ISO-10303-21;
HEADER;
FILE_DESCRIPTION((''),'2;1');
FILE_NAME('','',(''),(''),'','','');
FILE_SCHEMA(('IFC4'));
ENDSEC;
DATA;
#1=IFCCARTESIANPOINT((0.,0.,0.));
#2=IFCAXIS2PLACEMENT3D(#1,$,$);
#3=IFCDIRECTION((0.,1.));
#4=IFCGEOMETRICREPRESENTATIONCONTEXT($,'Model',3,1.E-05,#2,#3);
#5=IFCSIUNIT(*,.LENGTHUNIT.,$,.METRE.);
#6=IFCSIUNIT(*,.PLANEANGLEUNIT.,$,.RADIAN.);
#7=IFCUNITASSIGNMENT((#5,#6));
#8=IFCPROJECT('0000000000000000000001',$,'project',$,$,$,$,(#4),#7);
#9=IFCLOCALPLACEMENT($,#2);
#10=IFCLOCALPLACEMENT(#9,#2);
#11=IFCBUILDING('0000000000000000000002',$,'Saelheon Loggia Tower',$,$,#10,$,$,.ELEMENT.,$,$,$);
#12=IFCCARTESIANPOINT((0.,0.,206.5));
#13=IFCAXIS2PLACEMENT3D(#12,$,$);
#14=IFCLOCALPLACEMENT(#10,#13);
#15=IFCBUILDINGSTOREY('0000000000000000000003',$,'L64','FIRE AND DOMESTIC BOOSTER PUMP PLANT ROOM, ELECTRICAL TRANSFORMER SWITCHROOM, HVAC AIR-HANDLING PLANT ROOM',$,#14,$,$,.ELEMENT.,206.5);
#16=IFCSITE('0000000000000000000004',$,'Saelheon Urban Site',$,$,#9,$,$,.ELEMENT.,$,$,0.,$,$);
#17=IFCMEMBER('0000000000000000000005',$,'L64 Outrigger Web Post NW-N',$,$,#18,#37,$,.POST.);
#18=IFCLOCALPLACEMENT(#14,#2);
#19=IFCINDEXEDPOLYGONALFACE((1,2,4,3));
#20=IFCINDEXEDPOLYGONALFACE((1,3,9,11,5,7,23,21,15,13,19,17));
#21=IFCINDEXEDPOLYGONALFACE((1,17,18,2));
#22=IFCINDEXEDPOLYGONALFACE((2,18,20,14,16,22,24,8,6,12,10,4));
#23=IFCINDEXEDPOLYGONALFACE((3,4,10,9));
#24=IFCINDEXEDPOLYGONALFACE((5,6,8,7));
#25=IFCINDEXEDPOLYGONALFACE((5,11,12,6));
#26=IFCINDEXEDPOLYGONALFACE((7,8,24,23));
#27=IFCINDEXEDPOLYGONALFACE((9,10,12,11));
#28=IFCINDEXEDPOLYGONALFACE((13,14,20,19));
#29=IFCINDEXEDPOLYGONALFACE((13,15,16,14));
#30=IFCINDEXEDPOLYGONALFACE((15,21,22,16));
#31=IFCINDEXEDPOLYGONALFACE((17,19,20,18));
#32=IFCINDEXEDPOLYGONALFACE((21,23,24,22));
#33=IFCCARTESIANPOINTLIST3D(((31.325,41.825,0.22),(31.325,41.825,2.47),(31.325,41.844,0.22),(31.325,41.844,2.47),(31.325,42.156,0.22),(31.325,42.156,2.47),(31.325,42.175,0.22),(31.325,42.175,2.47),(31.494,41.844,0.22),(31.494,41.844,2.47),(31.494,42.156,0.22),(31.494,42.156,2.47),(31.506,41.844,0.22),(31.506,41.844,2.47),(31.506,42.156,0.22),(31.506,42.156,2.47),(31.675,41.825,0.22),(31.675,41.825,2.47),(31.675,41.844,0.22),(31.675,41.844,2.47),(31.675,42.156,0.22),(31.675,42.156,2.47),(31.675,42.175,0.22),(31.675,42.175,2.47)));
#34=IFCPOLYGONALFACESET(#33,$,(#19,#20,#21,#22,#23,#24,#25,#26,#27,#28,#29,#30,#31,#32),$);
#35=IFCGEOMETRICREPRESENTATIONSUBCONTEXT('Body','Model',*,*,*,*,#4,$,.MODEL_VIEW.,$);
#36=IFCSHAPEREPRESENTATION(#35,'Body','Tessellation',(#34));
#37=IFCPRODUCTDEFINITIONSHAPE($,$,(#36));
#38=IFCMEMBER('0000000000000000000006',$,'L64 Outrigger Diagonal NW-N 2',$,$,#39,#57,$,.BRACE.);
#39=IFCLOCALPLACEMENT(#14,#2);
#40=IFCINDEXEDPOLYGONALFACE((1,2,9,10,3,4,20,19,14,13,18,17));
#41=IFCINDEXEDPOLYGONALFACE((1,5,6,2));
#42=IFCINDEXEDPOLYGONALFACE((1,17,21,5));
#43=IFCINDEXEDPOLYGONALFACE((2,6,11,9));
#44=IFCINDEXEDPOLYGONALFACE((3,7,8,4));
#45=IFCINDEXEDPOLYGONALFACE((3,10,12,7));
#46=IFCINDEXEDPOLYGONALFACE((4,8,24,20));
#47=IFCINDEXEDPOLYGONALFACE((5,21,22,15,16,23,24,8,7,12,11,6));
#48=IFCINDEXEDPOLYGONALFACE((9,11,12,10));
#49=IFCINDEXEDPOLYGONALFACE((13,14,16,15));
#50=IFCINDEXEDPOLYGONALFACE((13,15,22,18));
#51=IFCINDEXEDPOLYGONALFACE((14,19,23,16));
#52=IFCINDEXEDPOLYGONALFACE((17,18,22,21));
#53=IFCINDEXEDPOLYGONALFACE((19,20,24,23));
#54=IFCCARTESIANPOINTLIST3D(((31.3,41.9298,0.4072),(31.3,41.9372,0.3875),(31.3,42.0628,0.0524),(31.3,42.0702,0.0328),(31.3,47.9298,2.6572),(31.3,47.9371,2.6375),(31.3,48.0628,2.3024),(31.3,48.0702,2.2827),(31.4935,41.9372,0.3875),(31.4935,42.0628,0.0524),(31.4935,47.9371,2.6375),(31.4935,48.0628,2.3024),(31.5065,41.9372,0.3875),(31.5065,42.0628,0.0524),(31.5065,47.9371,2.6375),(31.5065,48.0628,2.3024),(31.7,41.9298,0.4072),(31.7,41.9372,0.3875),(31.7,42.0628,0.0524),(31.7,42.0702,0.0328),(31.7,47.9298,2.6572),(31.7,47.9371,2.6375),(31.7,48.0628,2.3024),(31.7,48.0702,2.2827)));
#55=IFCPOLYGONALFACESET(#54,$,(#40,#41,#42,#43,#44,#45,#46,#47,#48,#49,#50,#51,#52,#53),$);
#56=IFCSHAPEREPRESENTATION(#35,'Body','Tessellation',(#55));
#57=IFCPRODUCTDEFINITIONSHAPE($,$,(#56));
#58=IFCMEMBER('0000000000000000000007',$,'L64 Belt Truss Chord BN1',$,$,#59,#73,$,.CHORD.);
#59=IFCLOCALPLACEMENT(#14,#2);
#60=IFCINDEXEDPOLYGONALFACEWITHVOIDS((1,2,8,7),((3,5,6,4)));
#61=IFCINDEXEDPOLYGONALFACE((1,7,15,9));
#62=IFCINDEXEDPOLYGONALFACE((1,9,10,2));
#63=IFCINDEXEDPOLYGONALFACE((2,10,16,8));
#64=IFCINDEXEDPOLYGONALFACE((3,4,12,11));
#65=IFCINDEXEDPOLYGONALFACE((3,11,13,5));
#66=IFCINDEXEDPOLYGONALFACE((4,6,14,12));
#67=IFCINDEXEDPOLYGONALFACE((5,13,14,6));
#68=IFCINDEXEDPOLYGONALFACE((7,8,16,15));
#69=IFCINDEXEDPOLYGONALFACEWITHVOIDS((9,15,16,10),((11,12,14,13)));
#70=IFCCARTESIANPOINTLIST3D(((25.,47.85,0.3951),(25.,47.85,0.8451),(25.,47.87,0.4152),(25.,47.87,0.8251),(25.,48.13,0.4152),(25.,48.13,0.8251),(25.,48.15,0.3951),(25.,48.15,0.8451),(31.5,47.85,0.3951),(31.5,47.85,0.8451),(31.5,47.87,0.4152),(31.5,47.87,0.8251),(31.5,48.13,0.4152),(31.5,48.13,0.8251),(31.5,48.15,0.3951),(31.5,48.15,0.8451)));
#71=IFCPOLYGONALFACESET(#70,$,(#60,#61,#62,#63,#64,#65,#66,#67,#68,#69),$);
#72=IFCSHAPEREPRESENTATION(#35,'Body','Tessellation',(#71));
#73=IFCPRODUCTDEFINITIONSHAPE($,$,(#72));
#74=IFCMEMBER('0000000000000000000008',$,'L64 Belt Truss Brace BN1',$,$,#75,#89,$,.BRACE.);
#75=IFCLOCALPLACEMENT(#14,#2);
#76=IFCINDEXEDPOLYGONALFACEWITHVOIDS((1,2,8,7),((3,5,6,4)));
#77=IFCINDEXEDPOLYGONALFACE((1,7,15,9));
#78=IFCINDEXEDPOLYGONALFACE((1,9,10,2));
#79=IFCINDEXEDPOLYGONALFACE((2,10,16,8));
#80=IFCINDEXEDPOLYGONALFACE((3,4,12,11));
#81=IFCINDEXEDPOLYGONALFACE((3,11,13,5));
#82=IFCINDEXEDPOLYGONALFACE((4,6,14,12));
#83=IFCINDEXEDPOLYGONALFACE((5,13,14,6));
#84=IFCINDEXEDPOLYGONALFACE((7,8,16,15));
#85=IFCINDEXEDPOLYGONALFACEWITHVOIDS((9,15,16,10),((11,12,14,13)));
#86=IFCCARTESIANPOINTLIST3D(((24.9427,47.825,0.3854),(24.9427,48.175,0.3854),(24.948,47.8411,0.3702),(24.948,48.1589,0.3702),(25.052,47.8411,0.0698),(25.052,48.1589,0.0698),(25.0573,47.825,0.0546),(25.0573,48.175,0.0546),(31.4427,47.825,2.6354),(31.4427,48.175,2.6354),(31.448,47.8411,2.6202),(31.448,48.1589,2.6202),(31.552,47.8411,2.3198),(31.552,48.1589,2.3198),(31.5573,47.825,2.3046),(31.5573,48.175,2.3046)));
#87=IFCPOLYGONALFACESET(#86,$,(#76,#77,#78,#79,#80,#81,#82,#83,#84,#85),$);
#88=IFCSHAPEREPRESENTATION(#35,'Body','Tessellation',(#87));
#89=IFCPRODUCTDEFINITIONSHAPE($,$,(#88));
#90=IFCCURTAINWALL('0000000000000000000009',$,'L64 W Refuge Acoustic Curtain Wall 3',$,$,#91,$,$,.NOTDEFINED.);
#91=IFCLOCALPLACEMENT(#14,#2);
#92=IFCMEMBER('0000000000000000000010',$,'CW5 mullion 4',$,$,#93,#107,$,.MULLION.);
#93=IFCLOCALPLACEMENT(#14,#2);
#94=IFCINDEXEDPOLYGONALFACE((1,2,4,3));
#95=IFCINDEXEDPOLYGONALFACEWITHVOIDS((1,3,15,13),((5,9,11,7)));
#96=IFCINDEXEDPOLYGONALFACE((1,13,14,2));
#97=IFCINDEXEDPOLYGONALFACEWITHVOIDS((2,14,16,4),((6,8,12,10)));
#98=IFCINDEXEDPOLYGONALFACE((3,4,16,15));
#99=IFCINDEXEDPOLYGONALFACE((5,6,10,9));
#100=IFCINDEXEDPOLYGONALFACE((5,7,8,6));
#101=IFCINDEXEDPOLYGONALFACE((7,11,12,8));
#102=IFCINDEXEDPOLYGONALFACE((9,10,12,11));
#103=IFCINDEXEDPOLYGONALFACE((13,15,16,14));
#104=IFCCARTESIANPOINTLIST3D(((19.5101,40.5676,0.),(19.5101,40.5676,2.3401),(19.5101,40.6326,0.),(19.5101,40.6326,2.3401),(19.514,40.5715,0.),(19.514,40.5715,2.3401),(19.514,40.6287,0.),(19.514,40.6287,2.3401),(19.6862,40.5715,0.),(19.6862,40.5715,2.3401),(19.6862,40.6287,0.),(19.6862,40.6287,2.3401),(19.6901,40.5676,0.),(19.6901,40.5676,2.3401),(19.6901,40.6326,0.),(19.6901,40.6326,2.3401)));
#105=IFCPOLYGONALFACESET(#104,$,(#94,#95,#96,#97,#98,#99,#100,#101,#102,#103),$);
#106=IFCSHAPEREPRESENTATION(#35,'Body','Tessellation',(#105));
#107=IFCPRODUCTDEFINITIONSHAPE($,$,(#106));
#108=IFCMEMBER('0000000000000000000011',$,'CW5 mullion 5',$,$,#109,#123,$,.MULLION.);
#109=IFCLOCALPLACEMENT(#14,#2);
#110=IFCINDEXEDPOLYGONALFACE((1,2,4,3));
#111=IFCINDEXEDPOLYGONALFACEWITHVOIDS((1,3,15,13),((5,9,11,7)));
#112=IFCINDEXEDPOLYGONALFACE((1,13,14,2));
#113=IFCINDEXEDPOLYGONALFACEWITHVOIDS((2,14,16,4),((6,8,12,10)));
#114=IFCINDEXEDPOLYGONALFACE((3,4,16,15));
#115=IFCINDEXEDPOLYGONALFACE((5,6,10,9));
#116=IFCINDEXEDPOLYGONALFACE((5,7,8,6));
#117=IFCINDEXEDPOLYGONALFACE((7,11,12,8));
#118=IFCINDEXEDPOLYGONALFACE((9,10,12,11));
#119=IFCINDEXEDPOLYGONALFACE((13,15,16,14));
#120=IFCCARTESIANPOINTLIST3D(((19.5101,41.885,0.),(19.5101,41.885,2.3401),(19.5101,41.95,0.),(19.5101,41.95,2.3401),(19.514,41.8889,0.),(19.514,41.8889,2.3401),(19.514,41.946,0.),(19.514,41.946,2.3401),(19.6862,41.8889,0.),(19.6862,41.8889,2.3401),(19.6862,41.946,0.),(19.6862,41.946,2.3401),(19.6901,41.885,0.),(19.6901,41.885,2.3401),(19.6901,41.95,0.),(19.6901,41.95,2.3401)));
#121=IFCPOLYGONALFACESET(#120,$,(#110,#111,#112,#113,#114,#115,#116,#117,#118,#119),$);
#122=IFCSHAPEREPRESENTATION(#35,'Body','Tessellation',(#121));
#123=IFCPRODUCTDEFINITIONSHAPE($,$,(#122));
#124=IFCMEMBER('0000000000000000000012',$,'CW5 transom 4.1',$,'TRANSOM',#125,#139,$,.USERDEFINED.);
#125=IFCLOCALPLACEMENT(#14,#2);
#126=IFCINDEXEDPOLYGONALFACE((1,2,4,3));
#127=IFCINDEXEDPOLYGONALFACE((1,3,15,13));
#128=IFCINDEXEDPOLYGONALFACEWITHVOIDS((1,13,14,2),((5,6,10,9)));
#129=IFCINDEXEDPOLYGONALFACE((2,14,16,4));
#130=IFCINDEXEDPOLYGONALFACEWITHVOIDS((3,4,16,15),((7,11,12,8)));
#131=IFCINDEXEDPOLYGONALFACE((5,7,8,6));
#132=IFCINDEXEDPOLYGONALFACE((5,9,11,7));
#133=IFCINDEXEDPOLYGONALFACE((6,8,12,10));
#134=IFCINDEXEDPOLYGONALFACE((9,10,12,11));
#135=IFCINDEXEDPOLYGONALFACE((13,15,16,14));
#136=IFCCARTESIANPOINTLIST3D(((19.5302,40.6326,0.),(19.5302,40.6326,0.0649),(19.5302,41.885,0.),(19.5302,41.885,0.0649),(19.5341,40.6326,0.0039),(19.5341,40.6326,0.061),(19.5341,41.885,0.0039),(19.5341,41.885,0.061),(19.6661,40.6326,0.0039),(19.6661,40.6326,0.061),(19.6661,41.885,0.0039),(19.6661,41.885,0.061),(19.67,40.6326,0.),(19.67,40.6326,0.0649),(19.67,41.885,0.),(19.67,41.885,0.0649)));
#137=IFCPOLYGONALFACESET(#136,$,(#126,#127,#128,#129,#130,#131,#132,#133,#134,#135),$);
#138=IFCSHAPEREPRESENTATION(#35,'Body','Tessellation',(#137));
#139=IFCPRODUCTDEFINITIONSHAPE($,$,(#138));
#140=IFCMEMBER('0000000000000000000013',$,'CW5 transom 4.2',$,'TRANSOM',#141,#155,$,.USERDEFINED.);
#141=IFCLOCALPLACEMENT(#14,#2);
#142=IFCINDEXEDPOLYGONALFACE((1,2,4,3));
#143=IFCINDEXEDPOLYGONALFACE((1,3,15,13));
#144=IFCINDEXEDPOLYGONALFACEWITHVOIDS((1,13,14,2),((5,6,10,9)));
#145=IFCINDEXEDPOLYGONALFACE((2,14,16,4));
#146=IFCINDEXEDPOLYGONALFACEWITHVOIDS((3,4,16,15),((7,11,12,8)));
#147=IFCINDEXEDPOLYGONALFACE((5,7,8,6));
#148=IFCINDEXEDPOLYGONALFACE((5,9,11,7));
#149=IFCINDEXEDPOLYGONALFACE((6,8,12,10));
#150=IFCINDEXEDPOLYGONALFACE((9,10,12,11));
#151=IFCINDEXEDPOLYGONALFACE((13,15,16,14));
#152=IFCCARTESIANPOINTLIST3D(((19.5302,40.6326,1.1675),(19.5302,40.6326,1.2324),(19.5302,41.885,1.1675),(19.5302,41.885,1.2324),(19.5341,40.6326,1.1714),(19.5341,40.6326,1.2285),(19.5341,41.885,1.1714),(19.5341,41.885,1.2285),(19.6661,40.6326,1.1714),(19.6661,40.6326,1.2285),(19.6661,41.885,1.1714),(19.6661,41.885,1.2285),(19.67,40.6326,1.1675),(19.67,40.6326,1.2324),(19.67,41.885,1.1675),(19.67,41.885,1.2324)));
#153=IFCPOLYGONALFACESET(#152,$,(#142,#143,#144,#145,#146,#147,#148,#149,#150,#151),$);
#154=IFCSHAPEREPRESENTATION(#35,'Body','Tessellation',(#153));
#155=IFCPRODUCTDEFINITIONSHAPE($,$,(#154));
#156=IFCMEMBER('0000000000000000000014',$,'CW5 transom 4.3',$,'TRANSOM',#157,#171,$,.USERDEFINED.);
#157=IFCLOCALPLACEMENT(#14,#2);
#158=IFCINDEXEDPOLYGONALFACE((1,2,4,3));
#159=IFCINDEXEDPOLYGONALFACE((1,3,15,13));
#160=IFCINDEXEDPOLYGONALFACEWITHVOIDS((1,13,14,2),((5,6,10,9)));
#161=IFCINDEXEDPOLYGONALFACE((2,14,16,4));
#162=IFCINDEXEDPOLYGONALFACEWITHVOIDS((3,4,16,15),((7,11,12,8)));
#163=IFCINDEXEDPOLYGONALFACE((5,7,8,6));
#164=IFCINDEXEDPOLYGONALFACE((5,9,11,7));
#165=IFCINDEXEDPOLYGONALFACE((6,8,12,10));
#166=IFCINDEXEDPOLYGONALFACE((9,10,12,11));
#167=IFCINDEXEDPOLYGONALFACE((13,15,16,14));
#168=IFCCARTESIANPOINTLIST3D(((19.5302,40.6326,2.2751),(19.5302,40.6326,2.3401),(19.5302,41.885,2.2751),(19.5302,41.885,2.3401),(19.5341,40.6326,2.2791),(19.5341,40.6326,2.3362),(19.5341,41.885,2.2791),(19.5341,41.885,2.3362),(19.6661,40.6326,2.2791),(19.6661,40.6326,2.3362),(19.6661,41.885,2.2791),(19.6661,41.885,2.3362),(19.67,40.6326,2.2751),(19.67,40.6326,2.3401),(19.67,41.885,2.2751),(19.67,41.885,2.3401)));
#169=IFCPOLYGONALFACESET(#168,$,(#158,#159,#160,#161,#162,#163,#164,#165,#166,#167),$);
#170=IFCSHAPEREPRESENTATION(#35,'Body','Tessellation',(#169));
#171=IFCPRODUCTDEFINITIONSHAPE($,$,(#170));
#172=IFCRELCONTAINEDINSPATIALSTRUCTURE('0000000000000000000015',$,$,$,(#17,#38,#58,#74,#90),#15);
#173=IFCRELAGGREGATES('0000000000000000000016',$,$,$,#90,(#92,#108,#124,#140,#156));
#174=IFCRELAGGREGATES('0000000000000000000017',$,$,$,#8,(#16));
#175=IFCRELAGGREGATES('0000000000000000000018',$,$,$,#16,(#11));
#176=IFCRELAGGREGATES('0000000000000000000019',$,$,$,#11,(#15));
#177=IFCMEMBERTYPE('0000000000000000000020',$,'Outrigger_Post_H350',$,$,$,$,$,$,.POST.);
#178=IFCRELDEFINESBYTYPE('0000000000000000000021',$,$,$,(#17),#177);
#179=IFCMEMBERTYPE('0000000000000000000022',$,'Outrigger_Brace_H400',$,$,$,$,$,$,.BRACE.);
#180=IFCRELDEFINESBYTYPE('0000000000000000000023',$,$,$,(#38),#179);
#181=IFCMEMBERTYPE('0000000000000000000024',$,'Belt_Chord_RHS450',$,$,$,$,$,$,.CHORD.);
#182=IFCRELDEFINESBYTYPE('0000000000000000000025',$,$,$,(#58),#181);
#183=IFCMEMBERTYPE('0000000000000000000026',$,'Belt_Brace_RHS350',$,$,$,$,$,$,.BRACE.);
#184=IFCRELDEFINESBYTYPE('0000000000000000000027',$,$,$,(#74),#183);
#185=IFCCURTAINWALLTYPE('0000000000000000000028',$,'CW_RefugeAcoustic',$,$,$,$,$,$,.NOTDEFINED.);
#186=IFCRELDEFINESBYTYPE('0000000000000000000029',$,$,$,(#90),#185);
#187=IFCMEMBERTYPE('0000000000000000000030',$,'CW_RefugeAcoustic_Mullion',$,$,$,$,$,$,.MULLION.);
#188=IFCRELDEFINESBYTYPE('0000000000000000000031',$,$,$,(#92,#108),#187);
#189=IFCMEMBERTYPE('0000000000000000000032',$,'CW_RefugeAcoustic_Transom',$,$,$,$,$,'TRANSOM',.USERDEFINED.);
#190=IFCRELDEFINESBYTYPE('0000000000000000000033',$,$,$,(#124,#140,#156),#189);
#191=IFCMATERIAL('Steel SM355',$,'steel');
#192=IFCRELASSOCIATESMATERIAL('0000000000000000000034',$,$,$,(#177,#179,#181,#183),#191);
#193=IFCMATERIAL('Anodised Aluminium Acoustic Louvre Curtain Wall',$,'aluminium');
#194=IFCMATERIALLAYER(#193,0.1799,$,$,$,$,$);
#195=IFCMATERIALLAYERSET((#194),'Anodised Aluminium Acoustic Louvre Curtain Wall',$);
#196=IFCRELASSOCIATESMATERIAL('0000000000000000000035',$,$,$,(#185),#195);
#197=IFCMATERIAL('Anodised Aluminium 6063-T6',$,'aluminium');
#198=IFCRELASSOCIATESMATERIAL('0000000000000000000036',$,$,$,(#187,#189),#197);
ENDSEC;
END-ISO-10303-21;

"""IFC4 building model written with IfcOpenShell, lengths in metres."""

from ifc_helpers import new_model, si_unit, direction, frame, origin, origin_2d, place, context, subcontext, project, spatial, hollow_rectangle, i_section, extrude, source, transform, mapped, material, layer, layer_set, material_profile, profile_set, type_object, element, aggregate, save


model = new_model("IFC4")

# Units and contexts
model_context = context("Model", 3, precision=1e-05, world=origin(), true_north=direction((0.0, 1.0)))
body_context = subcontext(model_context, "Body", "Model", "MODEL_VIEW")
ifc_project = project(units=[si_unit("LENGTHUNIT", "METRE"), si_unit("PLANEANGLEUNIT", "RADIAN")], contexts=[model_context])

# Site, building, storey
site_placement = place(None, origin())
site = spatial("IfcSite", under=ifc_project, at=site_placement, Name="Saelheon Urban Site", CompositionType="ELEMENT", RefElevation=0.0)
building_placement = place(site_placement, origin())
building = spatial("IfcBuilding", under=site, at=building_placement, Name="Saelheon Loggia Tower", CompositionType="ELEMENT")
storey_placement = place(building_placement, frame((0.0, 0.0, 206.5)))
storey = spatial("IfcBuildingStorey", under=building, at=storey_placement, Name="L64", Description="FIRE AND DOMESTIC BOOSTER PUMP PLANT ROOM, ELECTRICAL TRANSFORMER SWITCHROOM, HVAC AIR-HANDLING PLANT ROOM", CompositionType="ELEMENT", Elevation=206.5)

# Members
ifc_material_1 = material(Name="Steel SM355", Category="steel")
ifc_material_profile_1 = material_profile(ifc_material_1, i_section(OverallWidth=0.3501, OverallDepth=0.3501, WebThickness=0.012, FlangeThickness=0.019, at=origin_2d()), Name="H-350x350x12x19")
ifc_profile_set_1 = profile_set([ifc_material_profile_1], Name="Steel SM355")
member_type_1 = type_object("IfcMemberType", Name="Outrigger_Post_H350", PredefinedType="POST", material=ifc_profile_set_1)
shared_shape_1 = source(origin(), body_context, "Body", "SweptSolid", [
    extrude(i_section(OverallWidth=0.3501, OverallDepth=0.3501, WebThickness=0.012, FlangeThickness=0.019, at=origin_2d()), origin(), (0.0, 0.0, 1.0), 2.25),
])
member_1_placement = place(storey_placement, frame((31.5, 42.0, 0.22), z_axis=(0.0, 0.0, 1.0), x_axis=(1.0, 0.0, 0.0)))
element("IfcMember", 1, at=member_1_placement, inside=storey, type_object=member_type_1, Name="L64 Outrigger Web Post NW-N", PredefinedType="POST", context=body_context, shape_type="MappedRepresentation", body=[
    mapped(shared_shape_1, transform((0.0, 0.0, 0.0), scale=1.0)),
])
ifc_material_profile_2 = material_profile(ifc_material_1, i_section(OverallWidth=0.3999, OverallDepth=0.3999, WebThickness=0.0129, FlangeThickness=0.021, at=origin_2d()), Name="H-400x400x13x21")
ifc_profile_set_2 = profile_set([ifc_material_profile_2], Name="Steel SM355")
member_type_2 = type_object("IfcMemberType", Name="Outrigger_Brace_H400", PredefinedType="BRACE", material=ifc_profile_set_2)
shared_shape_2 = source(origin(), body_context, "Body", "SweptSolid", [
    extrude(i_section(OverallWidth=0.3999, OverallDepth=0.3999, WebThickness=0.0129, FlangeThickness=0.021, at=origin_2d()), origin(), (0.0, 0.0, 1.0), 6.408),
])
member_2_placement = place(storey_placement, frame((31.5, 42.0, 0.22), z_axis=(0.0, 0.936329, 0.351123), x_axis=(-1.0, 0.0, 0.0)))
element("IfcMember", 2, at=member_2_placement, inside=storey, type_object=member_type_2, Name="L64 Outrigger Diagonal NW-N 2", PredefinedType="BRACE", context=body_context, shape_type="MappedRepresentation", body=[
    mapped(shared_shape_2, transform((0.0, 0.0, 0.0), scale=1.0)),
])
ifc_material_profile_3 = material_profile(ifc_material_1, hollow_rectangle(XDim=0.3, YDim=0.45, WallThickness=0.02, at=origin_2d()), Name="RHS-450x300x20")
ifc_profile_set_3 = profile_set([ifc_material_profile_3], Name="Steel SM355")
member_type_3 = type_object("IfcMemberType", Name="Belt_Chord_RHS450", PredefinedType="CHORD", material=ifc_profile_set_3)
shared_shape_3 = source(origin(), body_context, "Body", "SweptSolid", [
    extrude(hollow_rectangle(XDim=0.3, YDim=0.45, WallThickness=0.02, at=origin_2d()), origin(), (0.0, 0.0, 1.0), 6.5),
])
member_3_placement = place(storey_placement, frame((25.0, 48.0, 0.6201), z_axis=(1.0, 0.0, 0.0), x_axis=(0.0, 1.0, 0.0)))
element("IfcMember", 3, at=member_3_placement, inside=storey, type_object=member_type_3, Name="L64 Belt Truss Chord BN1", PredefinedType="CHORD", context=body_context, shape_type="MappedRepresentation", body=[
    mapped(shared_shape_3, transform((0.0, 0.0, 0.0), scale=1.0)),
])
ifc_material_profile_4 = material_profile(ifc_material_1, hollow_rectangle(XDim=0.3501, YDim=0.3501, WallThickness=0.0161, at=origin_2d()), Name="RHS-350x350x16")
ifc_profile_set_4 = profile_set([ifc_material_profile_4], Name="Steel SM355")
member_type_4 = type_object("IfcMemberType", Name="Belt_Brace_RHS350", PredefinedType="BRACE", material=ifc_profile_set_4)
shared_shape_4 = source(origin(), body_context, "Body", "SweptSolid", [
    extrude(hollow_rectangle(XDim=0.3501, YDim=0.3501, WallThickness=0.0161, at=origin_2d()), origin(), (0.0, 0.0, 1.0), 6.8784),
])
member_4_placement = place(storey_placement, frame((25.0, 48.0, 0.22), z_axis=(0.944986, 0.0, 0.327111), x_axis=(0.0, 1.0, 0.0)))
element("IfcMember", 4, at=member_4_placement, inside=storey, type_object=member_type_4, Name="L64 Belt Truss Brace BN1", PredefinedType="BRACE", context=body_context, shape_type="MappedRepresentation", body=[
    mapped(shared_shape_4, transform((0.0, 0.0, 0.0), scale=1.0)),
])

# Curtain wall, members
ifc_material_2 = material(Name="Anodised Aluminium Acoustic Louvre Curtain Wall", Category="aluminium")
ifc_layer_1 = layer(ifc_material_2, 0.1799)
ifc_layer_set_1 = layer_set([ifc_layer_1], Name="Anodised Aluminium Acoustic Louvre Curtain Wall")
curtain_wall_type = type_object("IfcCurtainWallType", Name="CW_RefugeAcoustic", PredefinedType="NOTDEFINED", material=ifc_layer_set_1)
curtain_wall_placement = place(storey_placement, origin())
curtain_wall = element("IfcCurtainWall", 5, at=curtain_wall_placement, inside=storey, type_object=curtain_wall_type, Name="L64 W Refuge Acoustic Curtain Wall 3", PredefinedType="NOTDEFINED")
ifc_material_3 = material(Name="Anodised Aluminium 6063-T6", Category="aluminium")
ifc_material_profile_5 = material_profile(ifc_material_3, hollow_rectangle(XDim=0.0649, YDim=0.1799, WallThickness=0.0039, at=origin_2d()), Name="RHS-180x65x4")
ifc_profile_set_5 = profile_set([ifc_material_profile_5], Name="Anodised Aluminium 6063-T6")
member_type_5 = type_object("IfcMemberType", Name="CW_RefugeAcoustic_Mullion", PredefinedType="MULLION", material=ifc_profile_set_5)
shared_shape_5 = source(origin(), body_context, "Body", "SweptSolid", [
    extrude(hollow_rectangle(XDim=0.0649, YDim=0.1799, WallThickness=0.0039, at=origin_2d()), origin(), (0.0, 0.0, 1.0), 2.3401),
])
member_5_placement = place(storey_placement, frame((19.6001, 40.6001, 0.0), z_axis=(0.0, 0.0, 1.0), x_axis=(0.0, 1.0, 0.0)))
member_5 = element("IfcMember", 6, at=member_5_placement, type_object=member_type_5, Name="CW5 mullion 4", PredefinedType="MULLION", context=body_context, shape_type="MappedRepresentation", body=[
    mapped(shared_shape_5, transform((0.0, 0.0, 0.0), scale=1.0)),
])
member_6_placement = place(storey_placement, frame((19.6001, 41.9175, 0.0), z_axis=(0.0, 0.0, 1.0), x_axis=(0.0, 1.0, 0.0)))
member_6 = element("IfcMember", 7, at=member_6_placement, type_object=member_type_5, Name="CW5 mullion 5", PredefinedType="MULLION", context=body_context, shape_type="MappedRepresentation", body=[
    mapped(shared_shape_5, transform((0.0, 0.0, 0.0), scale=1.0)),
])
ifc_material_profile_6 = material_profile(ifc_material_3, hollow_rectangle(XDim=0.0649, YDim=0.1399, WallThickness=0.0039, at=origin_2d()), Name="RHS-140x65x4")
ifc_profile_set_6 = profile_set([ifc_material_profile_6], Name="Anodised Aluminium 6063-T6")
member_type_6 = type_object("IfcMemberType", Name="CW_RefugeAcoustic_Transom", ElementType="TRANSOM", PredefinedType="USERDEFINED", material=ifc_profile_set_6)
shared_shape_6 = source(origin(), body_context, "Body", "SweptSolid", [
    extrude(hollow_rectangle(XDim=0.0649, YDim=0.1399, WallThickness=0.0039, at=origin_2d()), origin(), (0.0, 0.0, 1.0), 1.2524),
])
member_7_placement = place(storey_placement, frame((19.6001, 40.6326, 0.0325), z_axis=(0.0, 1.0, 0.0), x_axis=(0.0, 0.0, 1.0)))
member_7 = element("IfcMember", 8, at=member_7_placement, type_object=member_type_6, Name="CW5 transom 4.1", ObjectType="TRANSOM", PredefinedType="USERDEFINED", context=body_context, shape_type="MappedRepresentation", body=[
    mapped(shared_shape_6, transform((0.0, 0.0, 0.0), scale=1.0)),
])
member_8_placement = place(storey_placement, frame((19.6001, 40.6326, 1.2), z_axis=(0.0, 1.0, 0.0), x_axis=(0.0, 0.0, 1.0)))
member_8 = element("IfcMember", 9, at=member_8_placement, type_object=member_type_6, Name="CW5 transom 4.2", ObjectType="TRANSOM", PredefinedType="USERDEFINED", context=body_context, shape_type="MappedRepresentation", body=[
    mapped(shared_shape_6, transform((0.0, 0.0, 0.0), scale=1.0)),
])
member_9_placement = place(storey_placement, frame((19.6001, 40.6326, 2.3076), z_axis=(0.0, 1.0, 0.0), x_axis=(0.0, 0.0, 1.0)))
member_9 = element("IfcMember", 10, at=member_9_placement, type_object=member_type_6, Name="CW5 transom 4.3", ObjectType="TRANSOM", PredefinedType="USERDEFINED", context=body_context, shape_type="MappedRepresentation", body=[
    mapped(shared_shape_6, transform((0.0, 0.0, 0.0), scale=1.0)),
])

aggregate(curtain_wall, [member_5, member_6, member_7, member_8, member_9])

save(model, "model.ifc")
